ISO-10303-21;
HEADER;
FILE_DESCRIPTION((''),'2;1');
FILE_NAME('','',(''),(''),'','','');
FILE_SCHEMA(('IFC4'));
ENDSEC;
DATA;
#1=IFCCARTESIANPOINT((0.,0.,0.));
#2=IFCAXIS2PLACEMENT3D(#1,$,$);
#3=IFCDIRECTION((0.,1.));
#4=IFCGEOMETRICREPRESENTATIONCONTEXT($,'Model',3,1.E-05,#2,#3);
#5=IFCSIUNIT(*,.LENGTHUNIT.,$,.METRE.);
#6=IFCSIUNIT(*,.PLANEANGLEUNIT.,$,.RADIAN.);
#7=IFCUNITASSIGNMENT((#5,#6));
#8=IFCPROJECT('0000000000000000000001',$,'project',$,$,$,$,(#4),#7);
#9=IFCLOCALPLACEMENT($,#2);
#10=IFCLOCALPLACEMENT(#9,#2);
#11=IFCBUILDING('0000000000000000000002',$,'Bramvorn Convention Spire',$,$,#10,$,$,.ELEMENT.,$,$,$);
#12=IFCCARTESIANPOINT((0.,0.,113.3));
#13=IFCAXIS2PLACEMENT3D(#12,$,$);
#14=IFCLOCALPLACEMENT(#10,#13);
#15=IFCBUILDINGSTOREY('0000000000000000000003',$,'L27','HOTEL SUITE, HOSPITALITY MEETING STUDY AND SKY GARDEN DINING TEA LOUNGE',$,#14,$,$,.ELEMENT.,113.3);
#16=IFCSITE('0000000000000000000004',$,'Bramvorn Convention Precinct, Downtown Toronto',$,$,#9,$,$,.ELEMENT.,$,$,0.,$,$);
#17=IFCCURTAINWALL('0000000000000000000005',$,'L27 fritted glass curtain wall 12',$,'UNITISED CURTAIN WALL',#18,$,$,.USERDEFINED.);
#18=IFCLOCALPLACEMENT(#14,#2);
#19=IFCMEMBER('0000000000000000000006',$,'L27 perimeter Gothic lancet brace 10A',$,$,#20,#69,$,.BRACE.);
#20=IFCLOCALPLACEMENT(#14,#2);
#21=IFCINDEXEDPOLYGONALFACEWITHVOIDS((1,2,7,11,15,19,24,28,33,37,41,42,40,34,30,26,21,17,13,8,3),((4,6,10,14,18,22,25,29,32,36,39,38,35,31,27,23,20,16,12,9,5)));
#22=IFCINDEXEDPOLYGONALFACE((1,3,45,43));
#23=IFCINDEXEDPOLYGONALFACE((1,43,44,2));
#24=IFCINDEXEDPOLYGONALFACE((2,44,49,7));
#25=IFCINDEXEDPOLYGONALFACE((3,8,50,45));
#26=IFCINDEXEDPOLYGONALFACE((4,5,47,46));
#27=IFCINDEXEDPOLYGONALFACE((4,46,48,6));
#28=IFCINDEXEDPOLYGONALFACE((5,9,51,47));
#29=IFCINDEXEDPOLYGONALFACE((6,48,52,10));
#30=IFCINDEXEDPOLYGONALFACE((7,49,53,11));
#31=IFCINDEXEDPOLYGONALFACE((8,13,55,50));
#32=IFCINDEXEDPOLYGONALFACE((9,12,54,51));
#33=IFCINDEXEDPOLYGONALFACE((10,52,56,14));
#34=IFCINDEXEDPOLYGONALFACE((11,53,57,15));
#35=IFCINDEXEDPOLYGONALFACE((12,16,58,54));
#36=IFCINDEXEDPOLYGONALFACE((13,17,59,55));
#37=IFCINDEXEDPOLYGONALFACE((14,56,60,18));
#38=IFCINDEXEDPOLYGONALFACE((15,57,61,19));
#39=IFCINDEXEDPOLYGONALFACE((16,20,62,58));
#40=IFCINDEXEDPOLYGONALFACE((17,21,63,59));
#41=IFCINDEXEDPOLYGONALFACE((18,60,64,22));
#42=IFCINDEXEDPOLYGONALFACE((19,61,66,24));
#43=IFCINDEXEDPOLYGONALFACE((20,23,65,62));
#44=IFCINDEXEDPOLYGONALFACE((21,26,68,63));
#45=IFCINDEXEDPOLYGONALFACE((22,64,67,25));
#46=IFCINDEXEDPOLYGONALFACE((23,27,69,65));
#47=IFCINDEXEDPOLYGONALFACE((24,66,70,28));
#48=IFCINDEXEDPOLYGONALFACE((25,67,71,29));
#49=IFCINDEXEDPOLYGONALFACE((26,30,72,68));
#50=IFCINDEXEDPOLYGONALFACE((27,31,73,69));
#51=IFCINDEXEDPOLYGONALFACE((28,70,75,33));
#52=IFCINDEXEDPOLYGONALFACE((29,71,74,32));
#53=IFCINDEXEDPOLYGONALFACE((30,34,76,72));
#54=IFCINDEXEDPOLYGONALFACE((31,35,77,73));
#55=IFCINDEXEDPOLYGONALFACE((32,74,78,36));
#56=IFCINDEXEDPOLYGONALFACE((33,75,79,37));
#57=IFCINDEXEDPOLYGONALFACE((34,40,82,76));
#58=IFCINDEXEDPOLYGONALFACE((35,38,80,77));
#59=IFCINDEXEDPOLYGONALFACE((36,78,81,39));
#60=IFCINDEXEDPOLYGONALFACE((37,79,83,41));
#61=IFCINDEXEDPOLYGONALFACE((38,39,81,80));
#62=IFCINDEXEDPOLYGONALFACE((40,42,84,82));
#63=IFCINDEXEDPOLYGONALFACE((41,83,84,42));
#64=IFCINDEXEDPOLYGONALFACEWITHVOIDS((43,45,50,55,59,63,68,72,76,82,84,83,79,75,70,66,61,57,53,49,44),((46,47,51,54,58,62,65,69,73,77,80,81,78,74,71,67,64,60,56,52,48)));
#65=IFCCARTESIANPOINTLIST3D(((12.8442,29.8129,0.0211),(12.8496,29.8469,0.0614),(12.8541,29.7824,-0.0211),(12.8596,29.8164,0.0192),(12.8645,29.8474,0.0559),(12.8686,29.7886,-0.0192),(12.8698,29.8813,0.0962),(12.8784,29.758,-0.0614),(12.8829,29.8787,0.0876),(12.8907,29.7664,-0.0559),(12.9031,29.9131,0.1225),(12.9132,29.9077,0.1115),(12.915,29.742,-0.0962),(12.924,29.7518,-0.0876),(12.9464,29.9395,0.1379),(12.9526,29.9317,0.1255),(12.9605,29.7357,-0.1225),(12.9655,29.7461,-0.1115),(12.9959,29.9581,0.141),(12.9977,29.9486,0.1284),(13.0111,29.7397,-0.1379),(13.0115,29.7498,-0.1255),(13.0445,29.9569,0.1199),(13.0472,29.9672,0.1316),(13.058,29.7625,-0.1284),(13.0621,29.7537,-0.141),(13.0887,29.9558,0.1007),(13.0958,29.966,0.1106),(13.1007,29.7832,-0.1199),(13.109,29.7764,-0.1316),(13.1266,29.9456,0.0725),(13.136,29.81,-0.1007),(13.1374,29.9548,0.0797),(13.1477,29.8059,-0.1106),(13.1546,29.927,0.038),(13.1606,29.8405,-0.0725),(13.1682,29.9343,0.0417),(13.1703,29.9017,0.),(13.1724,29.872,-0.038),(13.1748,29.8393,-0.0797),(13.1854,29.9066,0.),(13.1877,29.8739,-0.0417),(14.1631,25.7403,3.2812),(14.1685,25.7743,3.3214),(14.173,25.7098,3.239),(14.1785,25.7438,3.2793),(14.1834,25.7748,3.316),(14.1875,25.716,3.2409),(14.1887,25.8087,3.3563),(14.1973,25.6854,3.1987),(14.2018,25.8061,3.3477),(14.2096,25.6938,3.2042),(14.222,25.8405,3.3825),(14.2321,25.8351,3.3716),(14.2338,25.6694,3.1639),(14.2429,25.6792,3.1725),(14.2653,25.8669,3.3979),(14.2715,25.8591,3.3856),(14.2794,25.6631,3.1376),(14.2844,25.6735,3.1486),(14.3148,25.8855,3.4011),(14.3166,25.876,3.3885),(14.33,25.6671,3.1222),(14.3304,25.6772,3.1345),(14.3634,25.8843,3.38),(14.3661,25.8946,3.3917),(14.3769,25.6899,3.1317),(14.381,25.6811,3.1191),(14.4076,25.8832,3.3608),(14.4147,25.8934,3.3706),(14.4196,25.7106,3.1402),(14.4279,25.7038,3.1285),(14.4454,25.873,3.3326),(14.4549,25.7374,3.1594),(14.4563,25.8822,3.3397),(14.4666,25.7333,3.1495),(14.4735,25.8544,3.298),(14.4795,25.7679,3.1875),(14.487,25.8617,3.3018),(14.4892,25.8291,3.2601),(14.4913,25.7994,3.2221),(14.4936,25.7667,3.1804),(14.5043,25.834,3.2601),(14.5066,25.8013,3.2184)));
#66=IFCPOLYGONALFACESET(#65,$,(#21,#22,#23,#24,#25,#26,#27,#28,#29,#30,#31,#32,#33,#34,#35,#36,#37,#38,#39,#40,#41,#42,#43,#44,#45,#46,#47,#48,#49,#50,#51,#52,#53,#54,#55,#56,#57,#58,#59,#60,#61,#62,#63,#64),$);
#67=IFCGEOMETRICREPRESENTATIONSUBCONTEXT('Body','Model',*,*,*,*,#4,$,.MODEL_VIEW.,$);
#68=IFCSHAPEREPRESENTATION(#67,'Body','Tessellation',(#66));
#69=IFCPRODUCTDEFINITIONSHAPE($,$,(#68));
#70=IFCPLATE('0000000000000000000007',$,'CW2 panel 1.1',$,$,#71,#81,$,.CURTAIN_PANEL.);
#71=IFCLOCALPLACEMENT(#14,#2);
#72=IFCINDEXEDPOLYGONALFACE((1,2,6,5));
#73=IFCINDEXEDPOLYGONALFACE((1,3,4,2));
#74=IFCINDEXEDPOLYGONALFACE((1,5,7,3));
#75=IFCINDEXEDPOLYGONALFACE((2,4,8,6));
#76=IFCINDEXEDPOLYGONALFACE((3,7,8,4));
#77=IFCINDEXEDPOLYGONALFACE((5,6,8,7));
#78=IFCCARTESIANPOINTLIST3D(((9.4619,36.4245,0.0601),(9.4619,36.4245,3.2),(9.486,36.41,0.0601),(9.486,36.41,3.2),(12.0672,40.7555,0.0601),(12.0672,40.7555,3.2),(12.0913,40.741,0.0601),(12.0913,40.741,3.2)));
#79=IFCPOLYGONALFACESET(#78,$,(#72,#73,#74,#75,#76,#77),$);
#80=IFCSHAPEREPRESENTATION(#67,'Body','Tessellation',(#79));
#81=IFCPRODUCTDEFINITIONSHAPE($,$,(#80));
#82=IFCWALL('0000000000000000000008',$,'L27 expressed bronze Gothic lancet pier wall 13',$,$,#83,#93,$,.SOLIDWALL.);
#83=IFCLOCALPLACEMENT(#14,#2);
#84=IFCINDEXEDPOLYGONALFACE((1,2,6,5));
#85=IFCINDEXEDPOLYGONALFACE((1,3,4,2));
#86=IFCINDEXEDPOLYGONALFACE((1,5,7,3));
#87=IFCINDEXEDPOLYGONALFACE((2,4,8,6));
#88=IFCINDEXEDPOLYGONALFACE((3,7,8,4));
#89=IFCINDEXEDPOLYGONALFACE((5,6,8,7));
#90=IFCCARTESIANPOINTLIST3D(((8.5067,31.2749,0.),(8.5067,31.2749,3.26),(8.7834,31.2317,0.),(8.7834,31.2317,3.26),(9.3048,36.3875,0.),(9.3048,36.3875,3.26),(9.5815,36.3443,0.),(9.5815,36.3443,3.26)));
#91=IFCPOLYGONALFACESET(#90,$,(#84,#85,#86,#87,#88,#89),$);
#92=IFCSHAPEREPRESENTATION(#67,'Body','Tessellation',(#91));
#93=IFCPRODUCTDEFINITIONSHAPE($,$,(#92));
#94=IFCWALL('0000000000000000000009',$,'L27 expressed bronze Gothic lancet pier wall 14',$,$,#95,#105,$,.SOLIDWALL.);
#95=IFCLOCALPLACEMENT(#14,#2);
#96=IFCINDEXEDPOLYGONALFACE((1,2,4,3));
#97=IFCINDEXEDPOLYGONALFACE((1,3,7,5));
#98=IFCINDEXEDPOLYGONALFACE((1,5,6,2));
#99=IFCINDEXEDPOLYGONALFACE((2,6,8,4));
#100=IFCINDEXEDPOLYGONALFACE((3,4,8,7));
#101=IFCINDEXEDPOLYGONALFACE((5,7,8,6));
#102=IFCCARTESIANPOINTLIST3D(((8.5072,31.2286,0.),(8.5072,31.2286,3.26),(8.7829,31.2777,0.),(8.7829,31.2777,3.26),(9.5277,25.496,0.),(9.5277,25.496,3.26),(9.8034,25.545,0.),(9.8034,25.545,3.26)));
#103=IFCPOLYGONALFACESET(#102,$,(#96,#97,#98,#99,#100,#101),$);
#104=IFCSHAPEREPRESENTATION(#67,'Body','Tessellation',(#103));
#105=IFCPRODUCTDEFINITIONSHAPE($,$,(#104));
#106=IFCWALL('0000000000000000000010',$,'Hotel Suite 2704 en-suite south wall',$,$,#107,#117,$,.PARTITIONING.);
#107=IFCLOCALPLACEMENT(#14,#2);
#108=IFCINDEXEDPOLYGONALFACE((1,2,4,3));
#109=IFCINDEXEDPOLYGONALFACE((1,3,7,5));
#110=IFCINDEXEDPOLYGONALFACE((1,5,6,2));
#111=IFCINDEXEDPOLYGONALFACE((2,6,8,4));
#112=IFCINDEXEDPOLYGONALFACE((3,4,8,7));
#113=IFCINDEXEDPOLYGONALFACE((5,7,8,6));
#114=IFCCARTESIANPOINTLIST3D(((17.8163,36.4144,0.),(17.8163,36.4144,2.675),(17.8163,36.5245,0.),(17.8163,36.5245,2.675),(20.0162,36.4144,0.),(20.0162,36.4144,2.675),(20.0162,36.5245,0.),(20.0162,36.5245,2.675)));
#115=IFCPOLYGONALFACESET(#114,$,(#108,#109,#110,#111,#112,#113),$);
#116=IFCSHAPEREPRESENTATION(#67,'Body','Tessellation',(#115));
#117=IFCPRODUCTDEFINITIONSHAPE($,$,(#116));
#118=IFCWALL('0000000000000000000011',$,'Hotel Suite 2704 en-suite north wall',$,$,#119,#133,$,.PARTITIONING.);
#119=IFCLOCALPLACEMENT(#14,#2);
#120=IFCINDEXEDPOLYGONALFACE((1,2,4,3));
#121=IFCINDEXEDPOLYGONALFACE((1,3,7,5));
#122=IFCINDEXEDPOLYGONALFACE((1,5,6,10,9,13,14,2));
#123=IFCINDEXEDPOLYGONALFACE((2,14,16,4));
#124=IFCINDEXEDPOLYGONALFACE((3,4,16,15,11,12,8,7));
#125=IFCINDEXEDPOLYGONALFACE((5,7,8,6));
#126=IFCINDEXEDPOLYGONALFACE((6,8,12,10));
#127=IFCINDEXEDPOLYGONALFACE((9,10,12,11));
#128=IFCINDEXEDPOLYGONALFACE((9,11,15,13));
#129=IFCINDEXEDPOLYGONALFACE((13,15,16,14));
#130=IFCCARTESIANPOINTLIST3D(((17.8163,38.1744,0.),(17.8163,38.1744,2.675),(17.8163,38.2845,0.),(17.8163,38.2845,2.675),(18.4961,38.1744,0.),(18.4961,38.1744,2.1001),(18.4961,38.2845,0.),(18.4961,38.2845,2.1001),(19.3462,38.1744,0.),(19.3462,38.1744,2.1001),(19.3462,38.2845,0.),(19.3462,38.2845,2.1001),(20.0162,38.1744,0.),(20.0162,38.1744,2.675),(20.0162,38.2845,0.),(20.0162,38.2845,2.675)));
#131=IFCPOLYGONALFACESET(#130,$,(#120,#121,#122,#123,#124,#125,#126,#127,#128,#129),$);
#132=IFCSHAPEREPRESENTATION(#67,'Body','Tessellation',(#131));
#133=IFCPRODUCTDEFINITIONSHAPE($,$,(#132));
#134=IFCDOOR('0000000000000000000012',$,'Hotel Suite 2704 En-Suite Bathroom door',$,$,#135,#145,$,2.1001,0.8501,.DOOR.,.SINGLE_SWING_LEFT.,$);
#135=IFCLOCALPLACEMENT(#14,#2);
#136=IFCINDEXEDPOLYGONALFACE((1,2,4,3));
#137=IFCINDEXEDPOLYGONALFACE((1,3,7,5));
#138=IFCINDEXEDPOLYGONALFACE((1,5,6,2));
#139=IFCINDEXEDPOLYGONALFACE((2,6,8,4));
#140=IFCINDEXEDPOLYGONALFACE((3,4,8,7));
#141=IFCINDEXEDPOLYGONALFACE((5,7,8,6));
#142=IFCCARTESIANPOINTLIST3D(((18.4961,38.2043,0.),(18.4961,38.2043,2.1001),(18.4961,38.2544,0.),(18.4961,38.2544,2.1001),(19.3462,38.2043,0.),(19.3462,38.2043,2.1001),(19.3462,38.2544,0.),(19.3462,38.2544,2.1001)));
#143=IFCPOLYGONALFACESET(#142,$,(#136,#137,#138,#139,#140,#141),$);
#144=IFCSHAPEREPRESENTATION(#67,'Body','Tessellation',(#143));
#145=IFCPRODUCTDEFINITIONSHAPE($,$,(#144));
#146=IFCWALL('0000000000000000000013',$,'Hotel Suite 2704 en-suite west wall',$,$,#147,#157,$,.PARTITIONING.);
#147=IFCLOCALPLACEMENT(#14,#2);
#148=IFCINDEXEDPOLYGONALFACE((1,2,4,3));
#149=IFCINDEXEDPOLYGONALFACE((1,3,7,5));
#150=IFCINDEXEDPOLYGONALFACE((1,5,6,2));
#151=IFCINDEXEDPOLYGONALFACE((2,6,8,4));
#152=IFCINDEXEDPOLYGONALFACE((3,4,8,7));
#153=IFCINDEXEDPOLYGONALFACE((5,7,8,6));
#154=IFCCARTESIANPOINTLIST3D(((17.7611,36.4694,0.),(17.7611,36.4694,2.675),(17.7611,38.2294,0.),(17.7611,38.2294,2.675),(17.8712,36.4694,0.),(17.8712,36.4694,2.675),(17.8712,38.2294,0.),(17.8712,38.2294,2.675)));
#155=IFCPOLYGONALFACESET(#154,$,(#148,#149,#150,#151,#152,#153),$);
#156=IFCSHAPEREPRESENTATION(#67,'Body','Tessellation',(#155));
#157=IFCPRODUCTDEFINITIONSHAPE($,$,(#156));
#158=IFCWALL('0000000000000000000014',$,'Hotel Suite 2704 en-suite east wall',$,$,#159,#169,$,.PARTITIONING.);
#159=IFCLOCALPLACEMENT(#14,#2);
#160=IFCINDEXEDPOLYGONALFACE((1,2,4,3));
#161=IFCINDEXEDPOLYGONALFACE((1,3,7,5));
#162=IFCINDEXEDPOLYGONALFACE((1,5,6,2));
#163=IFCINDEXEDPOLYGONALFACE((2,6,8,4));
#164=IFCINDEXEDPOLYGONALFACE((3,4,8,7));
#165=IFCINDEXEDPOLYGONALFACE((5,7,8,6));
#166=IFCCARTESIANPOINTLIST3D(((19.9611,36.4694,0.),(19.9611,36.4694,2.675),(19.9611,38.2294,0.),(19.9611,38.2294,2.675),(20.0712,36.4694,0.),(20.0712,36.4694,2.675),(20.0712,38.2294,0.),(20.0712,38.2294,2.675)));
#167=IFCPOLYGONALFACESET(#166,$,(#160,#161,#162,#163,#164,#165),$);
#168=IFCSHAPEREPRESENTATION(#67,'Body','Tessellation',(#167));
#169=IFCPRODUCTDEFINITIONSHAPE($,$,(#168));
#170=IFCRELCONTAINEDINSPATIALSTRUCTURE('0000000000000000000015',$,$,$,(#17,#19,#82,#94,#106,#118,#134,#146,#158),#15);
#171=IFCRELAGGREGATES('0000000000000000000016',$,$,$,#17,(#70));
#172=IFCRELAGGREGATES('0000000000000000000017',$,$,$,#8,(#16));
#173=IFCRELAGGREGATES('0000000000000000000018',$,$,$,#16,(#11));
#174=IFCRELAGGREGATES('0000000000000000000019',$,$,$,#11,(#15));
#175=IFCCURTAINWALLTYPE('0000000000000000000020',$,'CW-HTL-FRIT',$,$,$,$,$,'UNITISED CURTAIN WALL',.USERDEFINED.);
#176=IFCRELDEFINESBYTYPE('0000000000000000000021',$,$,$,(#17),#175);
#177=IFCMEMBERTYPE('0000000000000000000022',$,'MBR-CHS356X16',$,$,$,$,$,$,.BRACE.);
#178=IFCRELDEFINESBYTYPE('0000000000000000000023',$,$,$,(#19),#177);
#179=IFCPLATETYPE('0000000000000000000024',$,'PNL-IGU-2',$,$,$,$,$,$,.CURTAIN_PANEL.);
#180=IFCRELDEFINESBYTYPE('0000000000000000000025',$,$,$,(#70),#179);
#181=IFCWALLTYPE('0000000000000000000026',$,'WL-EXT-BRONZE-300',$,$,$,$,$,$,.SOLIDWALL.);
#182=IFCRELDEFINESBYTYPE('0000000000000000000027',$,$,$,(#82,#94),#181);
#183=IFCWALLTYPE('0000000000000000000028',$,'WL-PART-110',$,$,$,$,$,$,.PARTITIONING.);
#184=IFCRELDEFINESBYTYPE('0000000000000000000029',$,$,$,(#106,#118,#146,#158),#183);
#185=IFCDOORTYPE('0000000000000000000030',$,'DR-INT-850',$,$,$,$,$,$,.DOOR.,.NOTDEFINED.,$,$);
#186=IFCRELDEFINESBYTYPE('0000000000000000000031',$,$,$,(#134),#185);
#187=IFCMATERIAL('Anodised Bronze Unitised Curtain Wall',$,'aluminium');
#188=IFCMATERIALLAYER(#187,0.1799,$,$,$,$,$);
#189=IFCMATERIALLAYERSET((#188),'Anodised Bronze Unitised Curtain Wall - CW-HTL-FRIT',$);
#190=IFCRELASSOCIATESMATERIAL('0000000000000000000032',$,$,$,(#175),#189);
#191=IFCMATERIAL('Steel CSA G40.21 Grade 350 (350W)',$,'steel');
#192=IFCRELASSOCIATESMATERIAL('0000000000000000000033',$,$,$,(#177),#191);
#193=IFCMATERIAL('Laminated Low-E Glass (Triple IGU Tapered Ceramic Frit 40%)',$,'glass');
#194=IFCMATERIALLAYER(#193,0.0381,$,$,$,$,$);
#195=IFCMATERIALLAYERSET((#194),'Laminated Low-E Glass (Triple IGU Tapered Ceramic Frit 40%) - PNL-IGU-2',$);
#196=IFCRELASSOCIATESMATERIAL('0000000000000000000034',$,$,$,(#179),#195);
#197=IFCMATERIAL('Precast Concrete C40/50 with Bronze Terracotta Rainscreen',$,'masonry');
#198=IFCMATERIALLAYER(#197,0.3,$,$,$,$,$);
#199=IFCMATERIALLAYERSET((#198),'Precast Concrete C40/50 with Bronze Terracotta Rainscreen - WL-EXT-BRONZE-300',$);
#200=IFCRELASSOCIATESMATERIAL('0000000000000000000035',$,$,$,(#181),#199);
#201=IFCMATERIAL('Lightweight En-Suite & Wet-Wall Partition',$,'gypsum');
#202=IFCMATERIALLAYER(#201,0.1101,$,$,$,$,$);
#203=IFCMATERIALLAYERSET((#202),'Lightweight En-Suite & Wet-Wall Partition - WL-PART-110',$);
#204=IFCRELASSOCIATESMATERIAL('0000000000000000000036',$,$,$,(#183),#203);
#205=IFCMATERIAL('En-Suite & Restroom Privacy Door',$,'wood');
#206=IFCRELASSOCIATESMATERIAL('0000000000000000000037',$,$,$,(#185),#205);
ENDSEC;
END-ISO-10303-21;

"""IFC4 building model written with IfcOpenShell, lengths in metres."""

from ifc_helpers import new_model, si_unit, direction, frame, frame_2d, origin, origin_2d, place, context, subcontext, project, spatial, rectangle, hollow_circle, extrude, material, layer, layer_set, material_profile, profile_set, type_object, element, fill, aggregate, save


model = new_model("IFC4")

# Units and contexts
model_context = context("Model", 3, precision=1e-05, world=origin(), true_north=direction((0.0, 1.0)))
body_context = subcontext(model_context, "Body", "Model", "MODEL_VIEW")
ifc_project = project(units=[si_unit("LENGTHUNIT", "METRE"), si_unit("PLANEANGLEUNIT", "RADIAN")], contexts=[model_context])

# Site, building, storey
site_placement = place(None, origin())
site = spatial("IfcSite", under=ifc_project, at=site_placement, Name="Bramvorn Convention Precinct, Downtown Toronto", CompositionType="ELEMENT", RefElevation=0.0)
building_placement = place(site_placement, origin())
building = spatial("IfcBuilding", under=site, at=building_placement, Name="Bramvorn Convention Spire", CompositionType="ELEMENT")
storey_placement = place(building_placement, frame((0.0, 0.0, 113.3)))
storey = spatial("IfcBuildingStorey", under=building, at=storey_placement, Name="L27", Description="HOTEL SUITE, HOSPITALITY MEETING STUDY AND SKY GARDEN DINING TEA LOUNGE", CompositionType="ELEMENT", Elevation=113.3)

# Shared definitions
ifc_material_1 = material(Name="Steel CSA G40.21 Grade 350 (350W)", Category="steel")

# Curtain wall
ifc_material_2 = material(Name="Anodised Bronze Unitised Curtain Wall", Category="aluminium")
ifc_layer_1 = layer(ifc_material_2, 0.1799)
ifc_layer_set_1 = layer_set([ifc_layer_1], Name="Anodised Bronze Unitised Curtain Wall - CW-HTL-FRIT")
curtain_wall_type = type_object("IfcCurtainWallType", Name="CW-HTL-FRIT", ElementType="UNITISED CURTAIN WALL", PredefinedType="USERDEFINED", material=ifc_layer_set_1)
curtain_wall_placement = place(storey_placement, origin())
curtain_wall = element("IfcCurtainWall", 1, at=curtain_wall_placement, inside=storey, type_object=curtain_wall_type, Name="L27 fritted glass curtain wall 12", ObjectType="UNITISED CURTAIN WALL", PredefinedType="USERDEFINED")

# Member
ifc_material_profile_1 = material_profile(ifc_material_1, hollow_circle(Radius=0.1777, WallThickness=0.0159, at=origin_2d()))
ifc_profile_set_1 = profile_set([ifc_material_profile_1], Name="Steel CSA G40.21 Grade 350 (350W) - CHS356X16")
member_type_1 = type_object("IfcMemberType", Name="MBR-CHS356X16", PredefinedType="BRACE", material=ifc_profile_set_1)
member_1_placement = place(storey_placement, frame((13.0164, 29.8518, 0.0), z_axis=(0.245105, -0.756868, 0.605866), x_axis=(0.951358, 0.308089, 0.0)))
element("IfcMember", 2, at=member_1_placement, inside=storey, type_object=member_type_1, Name="L27 perimeter Gothic lancet brace 10A", PredefinedType="BRACE", context=body_context, shape_type="SweptSolid", body=[
    extrude(hollow_circle(Radius=0.1777, WallThickness=0.0159, at=origin_2d()), origin(), (0.0, 0.0, 1.0), 5.3809),
])

# Plate
ifc_material_3 = material(Name="Laminated Low-E Glass (Triple IGU Tapered Ceramic Frit 40%)", Category="glass")
ifc_layer_2 = layer(ifc_material_3, 0.0381)
ifc_layer_set_2 = layer_set([ifc_layer_2], Name="Laminated Low-E Glass (Triple IGU Tapered Ceramic Frit 40%) - PNL-IGU-2")
plate_type = type_object("IfcPlateType", Name="PNL-IGU-2", PredefinedType="CURTAIN_PANEL", material=ifc_layer_set_2)
plate_placement = place(storey_placement, frame((10.7766, 38.5828, 0.0601), z_axis=(0.0, 0.0, 1.0), x_axis=(0.51547, 0.856907, 0.0)))
plate = element("IfcPlate", 3, at=plate_placement, type_object=plate_type, Name="CW2 panel 1.1", PredefinedType="CURTAIN_PANEL", context=body_context, shape_type="SweptSolid", body=[
    extrude(rectangle(XDim=5.0542, YDim=0.0281, at=origin_2d()), origin(), (0.0, 0.0, 1.0), 3.1399),
])
aggregate(curtain_wall, [plate])

# Walls
ifc_material_4 = material(Name="Precast Concrete C40/50 with Bronze Terracotta Rainscreen", Category="masonry")
ifc_layer_3 = layer(ifc_material_4, 0.3)
ifc_layer_set_3 = layer_set([ifc_layer_3], Name="Precast Concrete C40/50 with Bronze Terracotta Rainscreen - WL-EXT-BRONZE-300")
wall_type_1 = type_object("IfcWallType", Name="WL-EXT-BRONZE-300", PredefinedType="SOLIDWALL", material=ifc_layer_set_3)
wall_1_placement = place(storey_placement, frame((8.645, 31.2532, 0.0), z_axis=(0.0, 0.0, 1.0), x_axis=(0.154237, 0.988034, 0.0)))
element("IfcWall", 4, at=wall_1_placement, inside=storey, type_object=wall_type_1, Name="L27 expressed bronze Gothic lancet pier wall 13", PredefinedType="SOLIDWALL", context=body_context, shape_type="SweptSolid", body=[
    extrude(rectangle(XDim=5.1746, YDim=0.28, at=frame_2d((2.5874, 0.0))), origin(), (0.0, 0.0, 1.0), 3.26),
])
wall_2_placement = place(storey_placement, frame((9.6655, 25.5205, 0.0), z_axis=(0.0, 0.0, 1.0), x_axis=(-0.175261, 0.984522, 0.0)))
element("IfcWall", 5, at=wall_2_placement, inside=storey, type_object=wall_type_1, Name="L27 expressed bronze Gothic lancet pier wall 14", PredefinedType="SOLIDWALL", context=body_context, shape_type="SweptSolid", body=[
    extrude(rectangle(XDim=5.8228, YDim=0.28, at=frame_2d((2.9114, 0.0))), origin(), (0.0, 0.0, 1.0), 3.26),
])
ifc_material_5 = material(Name="Lightweight En-Suite & Wet-Wall Partition", Category="gypsum")
ifc_layer_4 = layer(ifc_material_5, 0.1101)
ifc_layer_set_4 = layer_set([ifc_layer_4], Name="Lightweight En-Suite & Wet-Wall Partition - WL-PART-110")
wall_type_2 = type_object("IfcWallType", Name="WL-PART-110", PredefinedType="PARTITIONING", material=ifc_layer_set_4)
wall_3_placement = place(storey_placement, frame((17.8162, 36.4695, 0.0), z_axis=(0.0, 0.0, 1.0), x_axis=(1.0, 0.0, 0.0)))
element("IfcWall", 6, at=wall_3_placement, inside=storey, type_object=wall_type_2, Name="Hotel Suite 2704 en-suite south wall", PredefinedType="PARTITIONING", context=body_context, shape_type="SweptSolid", body=[
    extrude(rectangle(XDim=2.2, YDim=0.1101, at=frame_2d((1.1001, 0.0))), origin(), (0.0, 0.0, 1.0), 2.675),
])

# Wall, opening, door
wall_4_placement = place(storey_placement, frame((17.8162, 38.2295, 0.0), z_axis=(0.0, 0.0, 1.0), x_axis=(1.0, 0.0, 0.0)))
wall_4 = element("IfcWall", 7, at=wall_4_placement, inside=storey, type_object=wall_type_2, Name="Hotel Suite 2704 en-suite north wall", PredefinedType="PARTITIONING", context=body_context, shape_type="SweptSolid", body=[
    extrude(rectangle(XDim=2.2, YDim=0.1101, at=frame_2d((1.1001, 0.0))), origin(), (0.0, 0.0, 1.0), 2.675),
])
opening_1_placement = place(wall_4_placement, frame((0.6799, 0.0, 0.0)))
opening_1 = element("IfcOpeningElement", 8, at=opening_1_placement, cuts=wall_4, PredefinedType="OPENING", context=body_context, shape_type="SweptSolid", body=[
    extrude(rectangle(XDim=0.8501, YDim=2.1001, at=frame_2d((0.425, 1.05))), frame((0.0, 0.0649, 0.0), z_axis=(0.0, -1.0, 0.0), x_axis=(1.0, 0.0, 0.0)), (0.0, 0.0, 1.0), 0.1301),
])
ifc_material_6 = material(Name="En-Suite & Restroom Privacy Door", Category="wood")
door_type_1 = type_object("IfcDoorType", Name="DR-INT-850", OperationType="NOTDEFINED", PredefinedType="DOOR", material=ifc_material_6)
door_1_placement = place(opening_1_placement, origin())
door_1 = element("IfcDoor", 9, at=door_1_placement, inside=storey, type_object=door_type_1, Name="Hotel Suite 2704 En-Suite Bathroom door", OperationType="SINGLE_SWING_LEFT", OverallHeight=2.1001, OverallWidth=0.8501, PredefinedType="DOOR", context=body_context, shape_type="SweptSolid", body=[
    extrude(rectangle(XDim=0.8501, YDim=2.1001, at=frame_2d((0.425, 1.05))), frame((0.0, 0.0249, 0.0), z_axis=(0.0, -1.0, 0.0), x_axis=(1.0, 0.0, 0.0)), (0.0, 0.0, 1.0), 0.05),
])
fill(opening_1, door_1)

# Walls
for number, where, z_axis, x_axis, name in (
    (10, (17.8162, 36.4695, 0.0), (0.0, 0.0, 1.0), (0.0, 1.0, 0.0), "Hotel Suite 2704 en-suite west wall"),
    (11, (20.0161, 36.4695, 0.0), (0.0, 0.0, 1.0), (0.0, 1.0, 0.0), "Hotel Suite 2704 en-suite east wall"),
):
    element("IfcWall", number, at=place(storey_placement, frame(where, z_axis=z_axis, x_axis=x_axis)), inside=storey, type_object=wall_type_2, Name=name, PredefinedType="PARTITIONING", context=body_context, shape_type="SweptSolid", body=[
        extrude(rectangle(XDim=1.76, YDim=0.1101, at=frame_2d((0.8799, 0.0))), origin(), (0.0, 0.0, 1.0), 2.675),
    ])

save(model, "model.ifc")
